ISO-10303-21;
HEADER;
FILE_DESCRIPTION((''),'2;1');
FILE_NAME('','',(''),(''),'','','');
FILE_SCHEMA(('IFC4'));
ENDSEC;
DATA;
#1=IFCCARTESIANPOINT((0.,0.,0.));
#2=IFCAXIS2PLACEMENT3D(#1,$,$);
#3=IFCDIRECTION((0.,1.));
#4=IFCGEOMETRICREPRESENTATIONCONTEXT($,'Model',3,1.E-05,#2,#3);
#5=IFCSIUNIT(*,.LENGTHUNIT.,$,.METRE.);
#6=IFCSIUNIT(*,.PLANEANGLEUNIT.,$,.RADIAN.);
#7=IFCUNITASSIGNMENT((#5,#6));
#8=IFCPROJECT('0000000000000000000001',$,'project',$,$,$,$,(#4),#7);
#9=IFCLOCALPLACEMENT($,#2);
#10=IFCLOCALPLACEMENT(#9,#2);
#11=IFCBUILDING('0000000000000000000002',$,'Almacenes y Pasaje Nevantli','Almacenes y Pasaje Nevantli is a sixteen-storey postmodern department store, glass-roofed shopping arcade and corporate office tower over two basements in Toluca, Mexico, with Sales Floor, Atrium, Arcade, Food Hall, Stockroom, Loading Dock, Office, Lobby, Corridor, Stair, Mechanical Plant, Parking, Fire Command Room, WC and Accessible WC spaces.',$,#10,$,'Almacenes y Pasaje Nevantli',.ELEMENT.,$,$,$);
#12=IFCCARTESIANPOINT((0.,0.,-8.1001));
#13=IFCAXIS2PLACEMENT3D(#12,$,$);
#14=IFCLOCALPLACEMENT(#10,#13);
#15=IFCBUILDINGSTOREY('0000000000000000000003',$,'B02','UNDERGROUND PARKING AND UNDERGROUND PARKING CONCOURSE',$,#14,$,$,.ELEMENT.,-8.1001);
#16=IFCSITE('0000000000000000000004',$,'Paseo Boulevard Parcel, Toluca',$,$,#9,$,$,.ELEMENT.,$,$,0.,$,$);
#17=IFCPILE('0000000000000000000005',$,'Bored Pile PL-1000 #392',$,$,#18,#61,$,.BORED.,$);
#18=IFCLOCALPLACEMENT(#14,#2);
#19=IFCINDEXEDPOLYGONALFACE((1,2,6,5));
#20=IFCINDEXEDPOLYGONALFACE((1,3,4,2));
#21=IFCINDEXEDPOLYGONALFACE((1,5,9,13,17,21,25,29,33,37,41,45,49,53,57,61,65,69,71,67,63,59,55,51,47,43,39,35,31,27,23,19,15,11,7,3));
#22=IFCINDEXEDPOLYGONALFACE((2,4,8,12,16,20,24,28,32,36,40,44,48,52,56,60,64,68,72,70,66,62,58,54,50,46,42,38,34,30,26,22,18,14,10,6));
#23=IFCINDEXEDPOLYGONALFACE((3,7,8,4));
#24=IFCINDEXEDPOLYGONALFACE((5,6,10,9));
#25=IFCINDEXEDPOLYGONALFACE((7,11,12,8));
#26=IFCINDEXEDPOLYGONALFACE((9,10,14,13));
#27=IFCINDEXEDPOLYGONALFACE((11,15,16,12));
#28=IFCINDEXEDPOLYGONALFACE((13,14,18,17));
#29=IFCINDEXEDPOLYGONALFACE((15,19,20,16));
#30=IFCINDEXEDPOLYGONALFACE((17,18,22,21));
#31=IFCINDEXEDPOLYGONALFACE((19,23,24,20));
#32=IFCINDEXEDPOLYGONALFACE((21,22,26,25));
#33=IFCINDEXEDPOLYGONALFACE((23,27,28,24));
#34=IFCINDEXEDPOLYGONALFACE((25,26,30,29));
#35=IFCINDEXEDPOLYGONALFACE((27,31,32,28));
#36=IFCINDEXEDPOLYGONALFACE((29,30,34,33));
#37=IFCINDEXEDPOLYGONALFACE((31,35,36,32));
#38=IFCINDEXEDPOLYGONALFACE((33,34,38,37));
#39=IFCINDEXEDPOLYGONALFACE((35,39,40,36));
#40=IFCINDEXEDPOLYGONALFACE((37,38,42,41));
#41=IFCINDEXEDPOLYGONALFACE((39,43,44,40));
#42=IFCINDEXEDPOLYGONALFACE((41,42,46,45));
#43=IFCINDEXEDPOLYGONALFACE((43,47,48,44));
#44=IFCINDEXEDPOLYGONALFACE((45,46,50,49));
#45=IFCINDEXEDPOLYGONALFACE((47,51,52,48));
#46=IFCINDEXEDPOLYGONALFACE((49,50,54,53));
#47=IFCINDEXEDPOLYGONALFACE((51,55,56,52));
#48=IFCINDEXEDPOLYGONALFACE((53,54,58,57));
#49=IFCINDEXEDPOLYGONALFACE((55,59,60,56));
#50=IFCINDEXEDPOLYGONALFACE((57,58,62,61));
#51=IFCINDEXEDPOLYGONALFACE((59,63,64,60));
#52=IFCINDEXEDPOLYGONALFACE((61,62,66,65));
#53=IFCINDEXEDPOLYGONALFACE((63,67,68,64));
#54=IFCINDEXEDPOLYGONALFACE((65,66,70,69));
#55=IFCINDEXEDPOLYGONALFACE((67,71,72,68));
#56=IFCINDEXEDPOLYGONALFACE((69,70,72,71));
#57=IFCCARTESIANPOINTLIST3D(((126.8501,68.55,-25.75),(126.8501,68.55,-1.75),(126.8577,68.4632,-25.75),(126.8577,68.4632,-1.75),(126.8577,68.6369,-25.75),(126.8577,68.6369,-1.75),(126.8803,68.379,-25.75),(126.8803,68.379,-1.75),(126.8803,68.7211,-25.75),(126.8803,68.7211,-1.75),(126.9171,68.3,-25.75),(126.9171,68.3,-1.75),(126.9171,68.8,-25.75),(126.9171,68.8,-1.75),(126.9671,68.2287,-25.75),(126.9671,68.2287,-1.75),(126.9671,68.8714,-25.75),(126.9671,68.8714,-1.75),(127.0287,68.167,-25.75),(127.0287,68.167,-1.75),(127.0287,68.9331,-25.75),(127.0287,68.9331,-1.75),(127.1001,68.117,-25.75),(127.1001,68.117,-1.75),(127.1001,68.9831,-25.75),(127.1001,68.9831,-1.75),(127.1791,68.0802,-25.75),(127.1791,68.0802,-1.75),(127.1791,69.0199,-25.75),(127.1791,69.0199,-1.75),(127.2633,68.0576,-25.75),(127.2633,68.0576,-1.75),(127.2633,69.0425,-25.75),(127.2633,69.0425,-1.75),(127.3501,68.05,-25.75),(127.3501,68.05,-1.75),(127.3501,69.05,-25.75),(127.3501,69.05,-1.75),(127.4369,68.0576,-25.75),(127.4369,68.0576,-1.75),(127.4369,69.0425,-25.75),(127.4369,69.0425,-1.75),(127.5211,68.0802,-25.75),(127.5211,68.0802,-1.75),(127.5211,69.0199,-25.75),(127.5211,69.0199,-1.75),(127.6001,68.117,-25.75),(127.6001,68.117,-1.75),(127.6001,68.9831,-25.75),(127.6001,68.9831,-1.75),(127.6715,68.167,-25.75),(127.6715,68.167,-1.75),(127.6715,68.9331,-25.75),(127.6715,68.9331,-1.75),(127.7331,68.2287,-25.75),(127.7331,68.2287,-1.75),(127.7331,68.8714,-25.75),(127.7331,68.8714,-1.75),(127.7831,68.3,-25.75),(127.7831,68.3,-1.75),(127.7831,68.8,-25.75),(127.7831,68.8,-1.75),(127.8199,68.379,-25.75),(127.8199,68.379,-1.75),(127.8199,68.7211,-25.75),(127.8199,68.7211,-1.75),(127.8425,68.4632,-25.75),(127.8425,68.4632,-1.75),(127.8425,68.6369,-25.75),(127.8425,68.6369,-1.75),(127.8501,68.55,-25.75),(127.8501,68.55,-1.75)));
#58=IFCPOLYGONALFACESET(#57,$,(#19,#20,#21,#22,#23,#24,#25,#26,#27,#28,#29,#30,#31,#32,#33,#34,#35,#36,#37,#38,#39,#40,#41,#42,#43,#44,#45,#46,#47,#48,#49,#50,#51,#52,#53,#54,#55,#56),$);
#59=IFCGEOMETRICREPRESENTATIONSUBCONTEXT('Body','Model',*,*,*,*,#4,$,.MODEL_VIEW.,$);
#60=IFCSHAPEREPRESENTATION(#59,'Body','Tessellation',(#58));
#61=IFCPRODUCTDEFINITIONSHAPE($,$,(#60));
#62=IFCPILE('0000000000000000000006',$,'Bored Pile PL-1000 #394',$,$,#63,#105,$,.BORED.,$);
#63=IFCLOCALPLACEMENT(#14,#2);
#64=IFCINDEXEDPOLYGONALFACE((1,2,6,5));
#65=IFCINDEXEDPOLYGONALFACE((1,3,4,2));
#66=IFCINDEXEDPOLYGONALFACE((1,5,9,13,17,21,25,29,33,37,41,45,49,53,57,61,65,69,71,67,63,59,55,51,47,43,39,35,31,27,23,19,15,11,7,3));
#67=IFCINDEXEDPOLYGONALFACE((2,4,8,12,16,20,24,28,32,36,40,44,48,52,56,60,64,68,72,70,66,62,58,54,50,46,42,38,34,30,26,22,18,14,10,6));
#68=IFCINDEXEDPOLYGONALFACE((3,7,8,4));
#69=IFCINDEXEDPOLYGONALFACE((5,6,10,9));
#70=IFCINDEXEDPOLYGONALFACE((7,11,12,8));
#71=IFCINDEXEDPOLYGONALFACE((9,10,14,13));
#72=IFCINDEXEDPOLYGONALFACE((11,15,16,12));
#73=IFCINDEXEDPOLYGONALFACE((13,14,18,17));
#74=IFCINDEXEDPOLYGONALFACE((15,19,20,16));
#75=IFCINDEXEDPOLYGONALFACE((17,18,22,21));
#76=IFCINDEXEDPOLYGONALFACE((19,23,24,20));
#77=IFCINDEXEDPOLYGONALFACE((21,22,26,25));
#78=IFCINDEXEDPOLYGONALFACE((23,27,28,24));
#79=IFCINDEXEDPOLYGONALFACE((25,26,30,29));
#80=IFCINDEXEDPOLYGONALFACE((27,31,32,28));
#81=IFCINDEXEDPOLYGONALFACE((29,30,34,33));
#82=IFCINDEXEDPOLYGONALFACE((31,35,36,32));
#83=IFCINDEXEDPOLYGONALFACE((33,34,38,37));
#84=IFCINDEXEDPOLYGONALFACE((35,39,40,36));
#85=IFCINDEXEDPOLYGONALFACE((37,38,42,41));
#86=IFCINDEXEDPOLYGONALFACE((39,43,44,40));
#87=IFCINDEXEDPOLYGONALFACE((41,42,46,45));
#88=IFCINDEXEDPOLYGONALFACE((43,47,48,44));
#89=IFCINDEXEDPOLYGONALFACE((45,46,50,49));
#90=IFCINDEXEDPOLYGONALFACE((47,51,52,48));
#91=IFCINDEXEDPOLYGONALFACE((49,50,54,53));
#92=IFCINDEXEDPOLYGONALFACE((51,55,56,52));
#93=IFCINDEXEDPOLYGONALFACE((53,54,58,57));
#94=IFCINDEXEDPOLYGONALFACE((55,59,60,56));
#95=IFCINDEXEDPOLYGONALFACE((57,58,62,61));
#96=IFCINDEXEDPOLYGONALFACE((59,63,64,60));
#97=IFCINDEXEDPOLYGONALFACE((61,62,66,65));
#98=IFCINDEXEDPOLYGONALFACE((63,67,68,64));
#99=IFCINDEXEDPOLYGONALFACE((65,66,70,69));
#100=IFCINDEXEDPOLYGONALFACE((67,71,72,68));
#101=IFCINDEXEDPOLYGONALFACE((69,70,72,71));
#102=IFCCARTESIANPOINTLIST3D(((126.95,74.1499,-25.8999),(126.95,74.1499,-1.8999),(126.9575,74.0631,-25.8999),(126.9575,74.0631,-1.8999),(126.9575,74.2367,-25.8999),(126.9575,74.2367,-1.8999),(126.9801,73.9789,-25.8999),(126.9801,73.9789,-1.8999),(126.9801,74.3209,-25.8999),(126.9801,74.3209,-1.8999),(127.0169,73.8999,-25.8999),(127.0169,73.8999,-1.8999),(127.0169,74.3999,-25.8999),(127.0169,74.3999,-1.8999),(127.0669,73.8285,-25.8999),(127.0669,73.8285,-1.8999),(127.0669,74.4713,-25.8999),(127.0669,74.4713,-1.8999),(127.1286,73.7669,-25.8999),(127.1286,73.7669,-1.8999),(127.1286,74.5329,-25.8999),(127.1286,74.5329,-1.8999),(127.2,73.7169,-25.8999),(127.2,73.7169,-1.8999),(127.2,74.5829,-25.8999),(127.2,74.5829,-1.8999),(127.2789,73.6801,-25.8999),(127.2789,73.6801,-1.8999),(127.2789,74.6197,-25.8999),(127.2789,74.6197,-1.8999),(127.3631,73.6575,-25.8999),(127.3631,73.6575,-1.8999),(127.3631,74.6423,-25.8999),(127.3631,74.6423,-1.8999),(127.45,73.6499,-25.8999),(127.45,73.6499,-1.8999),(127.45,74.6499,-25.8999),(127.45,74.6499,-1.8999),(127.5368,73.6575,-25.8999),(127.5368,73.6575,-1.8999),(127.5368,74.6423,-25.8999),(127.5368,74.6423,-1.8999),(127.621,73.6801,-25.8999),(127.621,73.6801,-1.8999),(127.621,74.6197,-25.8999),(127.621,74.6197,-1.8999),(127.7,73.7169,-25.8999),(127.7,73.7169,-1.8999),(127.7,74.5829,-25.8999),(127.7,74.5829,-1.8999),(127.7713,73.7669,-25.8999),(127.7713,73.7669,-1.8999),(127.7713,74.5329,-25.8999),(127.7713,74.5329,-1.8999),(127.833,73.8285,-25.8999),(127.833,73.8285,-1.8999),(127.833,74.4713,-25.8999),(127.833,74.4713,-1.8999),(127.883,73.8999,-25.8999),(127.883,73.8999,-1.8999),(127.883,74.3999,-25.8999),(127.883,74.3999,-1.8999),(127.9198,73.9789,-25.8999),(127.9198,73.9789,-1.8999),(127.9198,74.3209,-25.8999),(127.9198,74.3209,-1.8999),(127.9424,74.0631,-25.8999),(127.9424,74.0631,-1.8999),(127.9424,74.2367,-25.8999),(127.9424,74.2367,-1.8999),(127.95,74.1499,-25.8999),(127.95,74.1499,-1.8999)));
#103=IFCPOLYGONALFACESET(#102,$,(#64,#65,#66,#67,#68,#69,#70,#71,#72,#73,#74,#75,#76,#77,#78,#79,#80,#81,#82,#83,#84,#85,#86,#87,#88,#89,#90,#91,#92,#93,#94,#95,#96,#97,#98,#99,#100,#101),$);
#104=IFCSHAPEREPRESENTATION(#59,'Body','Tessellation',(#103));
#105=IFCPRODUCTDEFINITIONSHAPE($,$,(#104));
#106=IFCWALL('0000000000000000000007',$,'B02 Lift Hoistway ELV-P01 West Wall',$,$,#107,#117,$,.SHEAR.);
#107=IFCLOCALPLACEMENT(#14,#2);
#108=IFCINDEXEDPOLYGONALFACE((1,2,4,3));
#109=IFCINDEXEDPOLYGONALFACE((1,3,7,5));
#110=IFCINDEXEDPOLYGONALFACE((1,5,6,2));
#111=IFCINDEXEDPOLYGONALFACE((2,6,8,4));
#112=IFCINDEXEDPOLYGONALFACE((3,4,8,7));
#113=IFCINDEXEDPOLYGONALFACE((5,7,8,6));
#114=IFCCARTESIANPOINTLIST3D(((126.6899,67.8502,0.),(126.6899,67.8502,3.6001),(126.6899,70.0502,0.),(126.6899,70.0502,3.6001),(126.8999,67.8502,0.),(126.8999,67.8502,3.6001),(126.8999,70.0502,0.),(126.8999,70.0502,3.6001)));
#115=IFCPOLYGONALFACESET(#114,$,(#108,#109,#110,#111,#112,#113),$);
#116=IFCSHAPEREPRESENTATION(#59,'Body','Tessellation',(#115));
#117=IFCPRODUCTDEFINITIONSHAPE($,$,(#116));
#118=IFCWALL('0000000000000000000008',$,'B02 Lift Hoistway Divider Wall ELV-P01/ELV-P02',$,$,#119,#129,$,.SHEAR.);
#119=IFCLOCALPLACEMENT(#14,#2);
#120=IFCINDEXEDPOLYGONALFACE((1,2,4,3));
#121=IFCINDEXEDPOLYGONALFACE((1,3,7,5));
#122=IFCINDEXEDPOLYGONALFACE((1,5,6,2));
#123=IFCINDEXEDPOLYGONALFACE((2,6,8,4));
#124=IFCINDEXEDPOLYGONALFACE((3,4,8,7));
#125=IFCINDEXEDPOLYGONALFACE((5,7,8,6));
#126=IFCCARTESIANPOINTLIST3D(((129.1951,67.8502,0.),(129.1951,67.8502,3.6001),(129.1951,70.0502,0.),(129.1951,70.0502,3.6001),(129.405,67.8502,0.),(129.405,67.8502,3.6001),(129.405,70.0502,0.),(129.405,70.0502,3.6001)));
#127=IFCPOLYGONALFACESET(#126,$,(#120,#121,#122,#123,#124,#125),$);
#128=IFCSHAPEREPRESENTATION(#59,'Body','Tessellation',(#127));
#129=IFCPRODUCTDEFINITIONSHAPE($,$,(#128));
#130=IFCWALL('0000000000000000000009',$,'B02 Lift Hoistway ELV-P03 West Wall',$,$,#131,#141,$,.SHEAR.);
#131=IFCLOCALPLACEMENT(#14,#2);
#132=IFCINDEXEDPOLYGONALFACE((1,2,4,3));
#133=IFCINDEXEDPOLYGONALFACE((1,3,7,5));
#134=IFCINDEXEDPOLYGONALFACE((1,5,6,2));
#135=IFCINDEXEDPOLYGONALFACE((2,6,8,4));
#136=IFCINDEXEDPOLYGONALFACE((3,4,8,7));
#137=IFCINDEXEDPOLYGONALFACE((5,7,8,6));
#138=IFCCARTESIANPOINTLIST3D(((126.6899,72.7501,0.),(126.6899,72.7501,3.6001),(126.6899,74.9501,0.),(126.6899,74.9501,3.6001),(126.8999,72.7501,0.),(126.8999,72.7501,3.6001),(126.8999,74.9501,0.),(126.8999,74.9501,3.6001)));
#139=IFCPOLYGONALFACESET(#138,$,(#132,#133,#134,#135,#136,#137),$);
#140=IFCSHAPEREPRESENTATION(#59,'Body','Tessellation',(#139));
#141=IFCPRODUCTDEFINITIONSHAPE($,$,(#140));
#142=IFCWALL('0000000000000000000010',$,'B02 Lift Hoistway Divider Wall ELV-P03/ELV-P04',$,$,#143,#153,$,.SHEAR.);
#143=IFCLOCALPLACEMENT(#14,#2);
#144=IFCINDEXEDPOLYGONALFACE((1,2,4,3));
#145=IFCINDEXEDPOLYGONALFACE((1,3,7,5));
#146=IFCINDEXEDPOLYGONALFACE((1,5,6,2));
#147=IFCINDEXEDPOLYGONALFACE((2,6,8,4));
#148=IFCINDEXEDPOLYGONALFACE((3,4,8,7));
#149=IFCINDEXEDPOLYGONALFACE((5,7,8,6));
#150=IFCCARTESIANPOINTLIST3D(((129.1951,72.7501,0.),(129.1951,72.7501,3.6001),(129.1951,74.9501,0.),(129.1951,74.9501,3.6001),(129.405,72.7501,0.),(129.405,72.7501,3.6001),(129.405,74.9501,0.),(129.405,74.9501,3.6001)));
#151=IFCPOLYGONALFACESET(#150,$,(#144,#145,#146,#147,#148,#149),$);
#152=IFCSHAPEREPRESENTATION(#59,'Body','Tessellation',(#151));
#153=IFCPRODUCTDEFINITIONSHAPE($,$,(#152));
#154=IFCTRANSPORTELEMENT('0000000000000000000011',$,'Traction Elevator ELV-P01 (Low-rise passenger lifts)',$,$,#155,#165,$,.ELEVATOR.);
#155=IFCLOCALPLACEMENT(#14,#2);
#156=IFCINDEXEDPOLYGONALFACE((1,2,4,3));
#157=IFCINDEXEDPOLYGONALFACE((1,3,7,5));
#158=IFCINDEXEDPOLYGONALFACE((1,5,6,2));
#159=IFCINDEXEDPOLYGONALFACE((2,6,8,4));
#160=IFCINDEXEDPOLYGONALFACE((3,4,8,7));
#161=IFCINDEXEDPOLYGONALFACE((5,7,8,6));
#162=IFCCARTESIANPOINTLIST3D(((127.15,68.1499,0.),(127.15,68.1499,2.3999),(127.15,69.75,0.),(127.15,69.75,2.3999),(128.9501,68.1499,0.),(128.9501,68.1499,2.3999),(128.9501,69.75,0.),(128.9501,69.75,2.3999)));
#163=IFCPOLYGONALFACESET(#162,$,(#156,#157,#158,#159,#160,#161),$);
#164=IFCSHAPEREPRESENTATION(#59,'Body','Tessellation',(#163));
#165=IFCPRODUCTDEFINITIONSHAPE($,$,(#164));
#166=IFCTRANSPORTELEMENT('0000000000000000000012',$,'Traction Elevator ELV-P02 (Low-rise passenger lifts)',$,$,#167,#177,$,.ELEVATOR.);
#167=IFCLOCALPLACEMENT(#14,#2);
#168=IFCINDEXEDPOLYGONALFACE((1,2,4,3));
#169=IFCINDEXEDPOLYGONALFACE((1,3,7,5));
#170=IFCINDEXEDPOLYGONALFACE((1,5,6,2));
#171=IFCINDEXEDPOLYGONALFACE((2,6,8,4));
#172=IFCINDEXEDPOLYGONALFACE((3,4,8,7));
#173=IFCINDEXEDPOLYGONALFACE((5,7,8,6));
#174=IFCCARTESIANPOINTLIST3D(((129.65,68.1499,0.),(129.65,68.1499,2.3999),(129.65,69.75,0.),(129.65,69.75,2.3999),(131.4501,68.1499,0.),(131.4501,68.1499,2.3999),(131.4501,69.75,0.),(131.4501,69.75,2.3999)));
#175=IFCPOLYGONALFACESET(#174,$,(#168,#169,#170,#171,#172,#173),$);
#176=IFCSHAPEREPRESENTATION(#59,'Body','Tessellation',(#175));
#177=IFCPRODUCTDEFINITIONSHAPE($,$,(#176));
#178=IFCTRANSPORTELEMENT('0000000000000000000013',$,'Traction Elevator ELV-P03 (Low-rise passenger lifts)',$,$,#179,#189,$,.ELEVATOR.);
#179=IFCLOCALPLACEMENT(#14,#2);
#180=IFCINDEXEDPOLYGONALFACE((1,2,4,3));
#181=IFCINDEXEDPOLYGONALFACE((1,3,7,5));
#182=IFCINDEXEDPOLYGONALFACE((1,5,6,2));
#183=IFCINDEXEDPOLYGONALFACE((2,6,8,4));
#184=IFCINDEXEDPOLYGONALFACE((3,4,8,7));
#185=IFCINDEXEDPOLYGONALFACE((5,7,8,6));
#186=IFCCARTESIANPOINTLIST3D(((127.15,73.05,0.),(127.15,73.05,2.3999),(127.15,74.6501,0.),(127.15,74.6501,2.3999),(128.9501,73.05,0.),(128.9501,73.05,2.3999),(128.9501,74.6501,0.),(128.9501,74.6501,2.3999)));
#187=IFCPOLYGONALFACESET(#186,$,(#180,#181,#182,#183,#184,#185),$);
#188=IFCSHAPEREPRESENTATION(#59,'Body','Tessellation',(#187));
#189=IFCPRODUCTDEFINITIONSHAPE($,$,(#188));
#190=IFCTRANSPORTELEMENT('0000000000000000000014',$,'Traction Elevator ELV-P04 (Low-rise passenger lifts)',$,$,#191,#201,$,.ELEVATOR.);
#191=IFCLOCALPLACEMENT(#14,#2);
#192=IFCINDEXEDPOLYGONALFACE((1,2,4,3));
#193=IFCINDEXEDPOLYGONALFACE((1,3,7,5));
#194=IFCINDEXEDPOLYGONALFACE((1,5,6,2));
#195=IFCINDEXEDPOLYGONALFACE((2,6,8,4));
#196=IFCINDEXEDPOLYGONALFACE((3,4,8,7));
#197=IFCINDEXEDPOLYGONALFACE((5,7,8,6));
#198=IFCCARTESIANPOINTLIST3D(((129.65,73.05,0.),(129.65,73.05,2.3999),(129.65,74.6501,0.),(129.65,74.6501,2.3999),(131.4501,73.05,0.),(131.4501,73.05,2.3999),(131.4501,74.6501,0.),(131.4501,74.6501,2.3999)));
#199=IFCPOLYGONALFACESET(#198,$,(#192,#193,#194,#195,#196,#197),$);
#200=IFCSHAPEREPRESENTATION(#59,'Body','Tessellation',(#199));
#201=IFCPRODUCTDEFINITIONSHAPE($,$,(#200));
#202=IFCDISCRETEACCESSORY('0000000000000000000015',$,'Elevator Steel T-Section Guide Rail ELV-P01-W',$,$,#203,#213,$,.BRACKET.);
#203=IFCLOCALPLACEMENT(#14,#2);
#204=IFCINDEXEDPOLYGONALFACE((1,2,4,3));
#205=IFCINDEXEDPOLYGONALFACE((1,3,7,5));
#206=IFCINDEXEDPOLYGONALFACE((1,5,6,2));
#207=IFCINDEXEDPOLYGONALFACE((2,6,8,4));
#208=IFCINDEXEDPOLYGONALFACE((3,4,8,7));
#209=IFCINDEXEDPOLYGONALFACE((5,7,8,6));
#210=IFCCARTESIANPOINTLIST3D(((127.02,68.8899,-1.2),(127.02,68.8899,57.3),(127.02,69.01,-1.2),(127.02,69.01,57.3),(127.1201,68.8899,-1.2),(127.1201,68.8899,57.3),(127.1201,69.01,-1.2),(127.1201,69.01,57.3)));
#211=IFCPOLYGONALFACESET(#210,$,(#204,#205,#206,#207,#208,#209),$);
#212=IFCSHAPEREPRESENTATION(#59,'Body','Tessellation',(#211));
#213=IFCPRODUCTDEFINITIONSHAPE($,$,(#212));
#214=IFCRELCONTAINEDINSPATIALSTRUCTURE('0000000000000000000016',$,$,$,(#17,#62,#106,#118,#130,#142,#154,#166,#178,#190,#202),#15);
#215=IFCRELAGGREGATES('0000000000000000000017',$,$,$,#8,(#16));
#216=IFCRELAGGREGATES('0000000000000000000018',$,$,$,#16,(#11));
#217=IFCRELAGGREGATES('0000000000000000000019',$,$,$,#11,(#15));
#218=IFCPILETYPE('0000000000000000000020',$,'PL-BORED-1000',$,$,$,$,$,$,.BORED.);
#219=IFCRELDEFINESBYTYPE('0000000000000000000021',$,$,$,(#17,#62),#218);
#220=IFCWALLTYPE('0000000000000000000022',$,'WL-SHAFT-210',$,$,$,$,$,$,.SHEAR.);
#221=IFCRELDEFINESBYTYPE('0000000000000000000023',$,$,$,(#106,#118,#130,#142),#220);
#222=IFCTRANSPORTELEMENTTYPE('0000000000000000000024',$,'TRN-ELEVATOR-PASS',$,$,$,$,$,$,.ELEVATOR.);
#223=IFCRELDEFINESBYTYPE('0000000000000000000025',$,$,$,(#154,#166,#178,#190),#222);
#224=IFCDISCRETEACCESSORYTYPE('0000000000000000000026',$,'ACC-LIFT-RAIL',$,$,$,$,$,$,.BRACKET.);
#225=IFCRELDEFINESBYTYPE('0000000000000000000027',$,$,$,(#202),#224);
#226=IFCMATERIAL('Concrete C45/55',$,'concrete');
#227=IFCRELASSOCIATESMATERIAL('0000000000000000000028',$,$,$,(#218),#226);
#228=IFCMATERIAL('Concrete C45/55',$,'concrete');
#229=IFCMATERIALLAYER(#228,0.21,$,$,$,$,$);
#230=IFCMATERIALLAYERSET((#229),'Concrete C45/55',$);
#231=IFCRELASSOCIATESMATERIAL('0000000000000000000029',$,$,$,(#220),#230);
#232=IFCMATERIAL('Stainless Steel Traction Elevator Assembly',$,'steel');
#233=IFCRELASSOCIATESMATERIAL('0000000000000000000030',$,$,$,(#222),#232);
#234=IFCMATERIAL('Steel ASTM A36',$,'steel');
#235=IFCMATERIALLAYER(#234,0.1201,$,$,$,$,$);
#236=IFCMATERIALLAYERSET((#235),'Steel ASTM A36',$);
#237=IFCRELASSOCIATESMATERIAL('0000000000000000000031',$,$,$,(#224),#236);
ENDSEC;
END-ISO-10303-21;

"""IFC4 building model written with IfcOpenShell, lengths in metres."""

from ifc_helpers import new_model, si_unit, direction, frame, frame_2d, origin, origin_2d, place, context, subcontext, project, spatial, rectangle, circle, extrude, material, layer, layer_set, material_profile, profile_set, type_object, element, save


model = new_model("IFC4")

# Units and contexts
model_context = context("Model", 3, precision=1e-05, world=origin(), true_north=direction((0.0, 1.0)))
body_context = subcontext(model_context, "Body", "Model", "MODEL_VIEW")
ifc_project = project(units=[si_unit("LENGTHUNIT", "METRE"), si_unit("PLANEANGLEUNIT", "RADIAN")], contexts=[model_context])

# Site, building, storey
site_placement = place(None, origin())
site = spatial("IfcSite", under=ifc_project, at=site_placement, Name="Paseo Boulevard Parcel, Toluca", CompositionType="ELEMENT", RefElevation=0.0)
building_placement = place(site_placement, origin())
building = spatial("IfcBuilding", under=site, at=building_placement, Name="Almacenes y Pasaje Nevantli", Description="Almacenes y Pasaje Nevantli is a sixteen-storey postmodern department store, glass-roofed shopping arcade and corporate office tower over two basements in Toluca, Mexico, with Sales Floor, Atrium, Arcade, Food Hall, Stockroom, Loading Dock, Office, Lobby, Corridor, Stair, Mechanical Plant, Parking, Fire Command Room, WC and Accessible WC spaces.", LongName="Almacenes y Pasaje Nevantli", CompositionType="ELEMENT")
storey_placement = place(building_placement, frame((0.0, 0.0, -8.1001)))
storey = spatial("IfcBuildingStorey", under=building, at=storey_placement, Name="B02", Description="UNDERGROUND PARKING AND UNDERGROUND PARKING CONCOURSE", CompositionType="ELEMENT", Elevation=-8.1001)

# Piles
ifc_material_1 = material(Name="Concrete C45/55", Category="concrete")
ifc_material_profile = material_profile(ifc_material_1, circle(Radius=0.5, at=origin_2d()), Name="RC-PILE-D1000")
ifc_profile_set = profile_set([ifc_material_profile], Name="Concrete C45/55")
pile_type = type_object("IfcPileType", Name="PL-BORED-1000", PredefinedType="BORED", material=ifc_profile_set)
for number, where, z_axis, x_axis, name in (
    (1, (127.3501, 68.55, -1.75), (0.0, 0.0, -1.0), (1.0, 0.0, 0.0), "Bored Pile PL-1000 #392"),
    (2, (127.45, 74.1499, -1.8999), (0.0, 0.0, -1.0), (1.0, 0.0, 0.0), "Bored Pile PL-1000 #394"),
):
    element("IfcPile", number, at=place(storey_placement, frame(where, z_axis=z_axis, x_axis=x_axis)), inside=storey, type_object=pile_type, Name=name, PredefinedType="BORED", context=body_context, shape_type="SweptSolid", body=[
        extrude(circle(Radius=0.5, at=origin_2d()), origin(), (0.0, 0.0, 1.0), 24.0),
    ])

# Shared definitions
ifc_material_2 = material(Name="Concrete C45/55", Category="concrete")
ifc_layer_1 = layer(ifc_material_2, 0.21)
ifc_layer_set_1 = layer_set([ifc_layer_1], Name="Concrete C45/55")
wall_type = type_object("IfcWallType", Name="WL-SHAFT-210", PredefinedType="SHEAR", material=ifc_layer_set_1)

# Walls
for number, where, z_axis, x_axis, name in (
    (3, (126.7949, 67.8501, 0.0), (0.0, 0.0, 1.0), (0.0, 1.0, 0.0), "B02 Lift Hoistway ELV-P01 West Wall"),
    (4, (129.3, 67.8501, 0.0), (0.0, 0.0, 1.0), (0.0, 1.0, 0.0), "B02 Lift Hoistway Divider Wall ELV-P01/ELV-P02"),
):
    element("IfcWall", number, at=place(storey_placement, frame(where, z_axis=z_axis, x_axis=x_axis)), inside=storey, type_object=wall_type, Name=name, PredefinedType="SHEAR", context=body_context, shape_type="SweptSolid", body=[
        extrude(rectangle(XDim=2.2, YDim=0.21, at=frame_2d((1.1001, 0.0))), origin(), (0.0, 0.0, 1.0), 3.6001),
    ])

# Walls
for number, where, z_axis, x_axis, name in (
    (5, (126.7949, 72.75, 0.0), (0.0, 0.0, 1.0), (0.0, 1.0, 0.0), "B02 Lift Hoistway ELV-P03 West Wall"),
    (6, (129.3, 72.75, 0.0), (0.0, 0.0, 1.0), (0.0, 1.0, 0.0), "B02 Lift Hoistway Divider Wall ELV-P03/ELV-P04"),
):
    element("IfcWall", number, at=place(storey_placement, frame(where, z_axis=z_axis, x_axis=x_axis)), inside=storey, type_object=wall_type, Name=name, PredefinedType="SHEAR", context=body_context, shape_type="SweptSolid", body=[
        extrude(rectangle(XDim=2.2, YDim=0.21, at=frame_2d((1.1001, 0.0))), origin(), (0.0, 0.0, 1.0), 3.6001),
    ])

# Transport elements
ifc_material_3 = material(Name="Stainless Steel Traction Elevator Assembly", Category="steel")
transport_element_type = type_object("IfcTransportElementType", Name="TRN-ELEVATOR-PASS", PredefinedType="ELEVATOR", material=ifc_material_3)
for number, where, z_axis, x_axis, name in (
    (7, (128.05, 68.95, 0.0), (0.0, 0.0, 1.0), (1.0, 0.0, 0.0), "Traction Elevator ELV-P01 (Low-rise passenger lifts)"),
    (8, (130.55, 68.95, 0.0), (0.0, 0.0, 1.0), (1.0, 0.0, 0.0), "Traction Elevator ELV-P02 (Low-rise passenger lifts)"),
    (9, (128.05, 73.8501, 0.0), (0.0, 0.0, 1.0), (1.0, 0.0, 0.0), "Traction Elevator ELV-P03 (Low-rise passenger lifts)"),
    (10, (130.55, 73.8501, 0.0), (0.0, 0.0, 1.0), (1.0, 0.0, 0.0), "Traction Elevator ELV-P04 (Low-rise passenger lifts)"),
):
    element("IfcTransportElement", number, at=place(storey_placement, frame(where, z_axis=z_axis, x_axis=x_axis)), inside=storey, type_object=transport_element_type, Name=name, PredefinedType="ELEVATOR", context=body_context, shape_type="SweptSolid", body=[
        extrude(rectangle(XDim=1.8, YDim=1.6001, at=origin_2d()), origin(), (0.0, 0.0, 1.0), 2.3999),
    ])

# Discrete accessory
ifc_material_4 = material(Name="Steel ASTM A36", Category="steel")
ifc_layer_2 = layer(ifc_material_4, 0.1201)
ifc_layer_set_2 = layer_set([ifc_layer_2], Name="Steel ASTM A36")
discrete_accessory_type = type_object("IfcDiscreteAccessoryType", Name="ACC-LIFT-RAIL", PredefinedType="BRACKET", material=ifc_layer_set_2)
for number, where, z_axis, x_axis, name in (
    (11, (127.0701, 68.95, -1.2), (0.0, 0.0, 1.0), (1.0, 0.0, 0.0), "Elevator Steel T-Section Guide Rail ELV-P01-W"),
):
    element("IfcDiscreteAccessory", number, at=place(storey_placement, frame(where, z_axis=z_axis, x_axis=x_axis)), inside=storey, type_object=discrete_accessory_type, Name=name, PredefinedType="BRACKET", context=body_context, shape_type="SweptSolid", body=[
        extrude(rectangle(XDim=0.1001, YDim=0.1201, at=origin_2d()), origin(), (0.0, 0.0, 1.0), 58.5),
    ])

save(model, "model.ifc")
